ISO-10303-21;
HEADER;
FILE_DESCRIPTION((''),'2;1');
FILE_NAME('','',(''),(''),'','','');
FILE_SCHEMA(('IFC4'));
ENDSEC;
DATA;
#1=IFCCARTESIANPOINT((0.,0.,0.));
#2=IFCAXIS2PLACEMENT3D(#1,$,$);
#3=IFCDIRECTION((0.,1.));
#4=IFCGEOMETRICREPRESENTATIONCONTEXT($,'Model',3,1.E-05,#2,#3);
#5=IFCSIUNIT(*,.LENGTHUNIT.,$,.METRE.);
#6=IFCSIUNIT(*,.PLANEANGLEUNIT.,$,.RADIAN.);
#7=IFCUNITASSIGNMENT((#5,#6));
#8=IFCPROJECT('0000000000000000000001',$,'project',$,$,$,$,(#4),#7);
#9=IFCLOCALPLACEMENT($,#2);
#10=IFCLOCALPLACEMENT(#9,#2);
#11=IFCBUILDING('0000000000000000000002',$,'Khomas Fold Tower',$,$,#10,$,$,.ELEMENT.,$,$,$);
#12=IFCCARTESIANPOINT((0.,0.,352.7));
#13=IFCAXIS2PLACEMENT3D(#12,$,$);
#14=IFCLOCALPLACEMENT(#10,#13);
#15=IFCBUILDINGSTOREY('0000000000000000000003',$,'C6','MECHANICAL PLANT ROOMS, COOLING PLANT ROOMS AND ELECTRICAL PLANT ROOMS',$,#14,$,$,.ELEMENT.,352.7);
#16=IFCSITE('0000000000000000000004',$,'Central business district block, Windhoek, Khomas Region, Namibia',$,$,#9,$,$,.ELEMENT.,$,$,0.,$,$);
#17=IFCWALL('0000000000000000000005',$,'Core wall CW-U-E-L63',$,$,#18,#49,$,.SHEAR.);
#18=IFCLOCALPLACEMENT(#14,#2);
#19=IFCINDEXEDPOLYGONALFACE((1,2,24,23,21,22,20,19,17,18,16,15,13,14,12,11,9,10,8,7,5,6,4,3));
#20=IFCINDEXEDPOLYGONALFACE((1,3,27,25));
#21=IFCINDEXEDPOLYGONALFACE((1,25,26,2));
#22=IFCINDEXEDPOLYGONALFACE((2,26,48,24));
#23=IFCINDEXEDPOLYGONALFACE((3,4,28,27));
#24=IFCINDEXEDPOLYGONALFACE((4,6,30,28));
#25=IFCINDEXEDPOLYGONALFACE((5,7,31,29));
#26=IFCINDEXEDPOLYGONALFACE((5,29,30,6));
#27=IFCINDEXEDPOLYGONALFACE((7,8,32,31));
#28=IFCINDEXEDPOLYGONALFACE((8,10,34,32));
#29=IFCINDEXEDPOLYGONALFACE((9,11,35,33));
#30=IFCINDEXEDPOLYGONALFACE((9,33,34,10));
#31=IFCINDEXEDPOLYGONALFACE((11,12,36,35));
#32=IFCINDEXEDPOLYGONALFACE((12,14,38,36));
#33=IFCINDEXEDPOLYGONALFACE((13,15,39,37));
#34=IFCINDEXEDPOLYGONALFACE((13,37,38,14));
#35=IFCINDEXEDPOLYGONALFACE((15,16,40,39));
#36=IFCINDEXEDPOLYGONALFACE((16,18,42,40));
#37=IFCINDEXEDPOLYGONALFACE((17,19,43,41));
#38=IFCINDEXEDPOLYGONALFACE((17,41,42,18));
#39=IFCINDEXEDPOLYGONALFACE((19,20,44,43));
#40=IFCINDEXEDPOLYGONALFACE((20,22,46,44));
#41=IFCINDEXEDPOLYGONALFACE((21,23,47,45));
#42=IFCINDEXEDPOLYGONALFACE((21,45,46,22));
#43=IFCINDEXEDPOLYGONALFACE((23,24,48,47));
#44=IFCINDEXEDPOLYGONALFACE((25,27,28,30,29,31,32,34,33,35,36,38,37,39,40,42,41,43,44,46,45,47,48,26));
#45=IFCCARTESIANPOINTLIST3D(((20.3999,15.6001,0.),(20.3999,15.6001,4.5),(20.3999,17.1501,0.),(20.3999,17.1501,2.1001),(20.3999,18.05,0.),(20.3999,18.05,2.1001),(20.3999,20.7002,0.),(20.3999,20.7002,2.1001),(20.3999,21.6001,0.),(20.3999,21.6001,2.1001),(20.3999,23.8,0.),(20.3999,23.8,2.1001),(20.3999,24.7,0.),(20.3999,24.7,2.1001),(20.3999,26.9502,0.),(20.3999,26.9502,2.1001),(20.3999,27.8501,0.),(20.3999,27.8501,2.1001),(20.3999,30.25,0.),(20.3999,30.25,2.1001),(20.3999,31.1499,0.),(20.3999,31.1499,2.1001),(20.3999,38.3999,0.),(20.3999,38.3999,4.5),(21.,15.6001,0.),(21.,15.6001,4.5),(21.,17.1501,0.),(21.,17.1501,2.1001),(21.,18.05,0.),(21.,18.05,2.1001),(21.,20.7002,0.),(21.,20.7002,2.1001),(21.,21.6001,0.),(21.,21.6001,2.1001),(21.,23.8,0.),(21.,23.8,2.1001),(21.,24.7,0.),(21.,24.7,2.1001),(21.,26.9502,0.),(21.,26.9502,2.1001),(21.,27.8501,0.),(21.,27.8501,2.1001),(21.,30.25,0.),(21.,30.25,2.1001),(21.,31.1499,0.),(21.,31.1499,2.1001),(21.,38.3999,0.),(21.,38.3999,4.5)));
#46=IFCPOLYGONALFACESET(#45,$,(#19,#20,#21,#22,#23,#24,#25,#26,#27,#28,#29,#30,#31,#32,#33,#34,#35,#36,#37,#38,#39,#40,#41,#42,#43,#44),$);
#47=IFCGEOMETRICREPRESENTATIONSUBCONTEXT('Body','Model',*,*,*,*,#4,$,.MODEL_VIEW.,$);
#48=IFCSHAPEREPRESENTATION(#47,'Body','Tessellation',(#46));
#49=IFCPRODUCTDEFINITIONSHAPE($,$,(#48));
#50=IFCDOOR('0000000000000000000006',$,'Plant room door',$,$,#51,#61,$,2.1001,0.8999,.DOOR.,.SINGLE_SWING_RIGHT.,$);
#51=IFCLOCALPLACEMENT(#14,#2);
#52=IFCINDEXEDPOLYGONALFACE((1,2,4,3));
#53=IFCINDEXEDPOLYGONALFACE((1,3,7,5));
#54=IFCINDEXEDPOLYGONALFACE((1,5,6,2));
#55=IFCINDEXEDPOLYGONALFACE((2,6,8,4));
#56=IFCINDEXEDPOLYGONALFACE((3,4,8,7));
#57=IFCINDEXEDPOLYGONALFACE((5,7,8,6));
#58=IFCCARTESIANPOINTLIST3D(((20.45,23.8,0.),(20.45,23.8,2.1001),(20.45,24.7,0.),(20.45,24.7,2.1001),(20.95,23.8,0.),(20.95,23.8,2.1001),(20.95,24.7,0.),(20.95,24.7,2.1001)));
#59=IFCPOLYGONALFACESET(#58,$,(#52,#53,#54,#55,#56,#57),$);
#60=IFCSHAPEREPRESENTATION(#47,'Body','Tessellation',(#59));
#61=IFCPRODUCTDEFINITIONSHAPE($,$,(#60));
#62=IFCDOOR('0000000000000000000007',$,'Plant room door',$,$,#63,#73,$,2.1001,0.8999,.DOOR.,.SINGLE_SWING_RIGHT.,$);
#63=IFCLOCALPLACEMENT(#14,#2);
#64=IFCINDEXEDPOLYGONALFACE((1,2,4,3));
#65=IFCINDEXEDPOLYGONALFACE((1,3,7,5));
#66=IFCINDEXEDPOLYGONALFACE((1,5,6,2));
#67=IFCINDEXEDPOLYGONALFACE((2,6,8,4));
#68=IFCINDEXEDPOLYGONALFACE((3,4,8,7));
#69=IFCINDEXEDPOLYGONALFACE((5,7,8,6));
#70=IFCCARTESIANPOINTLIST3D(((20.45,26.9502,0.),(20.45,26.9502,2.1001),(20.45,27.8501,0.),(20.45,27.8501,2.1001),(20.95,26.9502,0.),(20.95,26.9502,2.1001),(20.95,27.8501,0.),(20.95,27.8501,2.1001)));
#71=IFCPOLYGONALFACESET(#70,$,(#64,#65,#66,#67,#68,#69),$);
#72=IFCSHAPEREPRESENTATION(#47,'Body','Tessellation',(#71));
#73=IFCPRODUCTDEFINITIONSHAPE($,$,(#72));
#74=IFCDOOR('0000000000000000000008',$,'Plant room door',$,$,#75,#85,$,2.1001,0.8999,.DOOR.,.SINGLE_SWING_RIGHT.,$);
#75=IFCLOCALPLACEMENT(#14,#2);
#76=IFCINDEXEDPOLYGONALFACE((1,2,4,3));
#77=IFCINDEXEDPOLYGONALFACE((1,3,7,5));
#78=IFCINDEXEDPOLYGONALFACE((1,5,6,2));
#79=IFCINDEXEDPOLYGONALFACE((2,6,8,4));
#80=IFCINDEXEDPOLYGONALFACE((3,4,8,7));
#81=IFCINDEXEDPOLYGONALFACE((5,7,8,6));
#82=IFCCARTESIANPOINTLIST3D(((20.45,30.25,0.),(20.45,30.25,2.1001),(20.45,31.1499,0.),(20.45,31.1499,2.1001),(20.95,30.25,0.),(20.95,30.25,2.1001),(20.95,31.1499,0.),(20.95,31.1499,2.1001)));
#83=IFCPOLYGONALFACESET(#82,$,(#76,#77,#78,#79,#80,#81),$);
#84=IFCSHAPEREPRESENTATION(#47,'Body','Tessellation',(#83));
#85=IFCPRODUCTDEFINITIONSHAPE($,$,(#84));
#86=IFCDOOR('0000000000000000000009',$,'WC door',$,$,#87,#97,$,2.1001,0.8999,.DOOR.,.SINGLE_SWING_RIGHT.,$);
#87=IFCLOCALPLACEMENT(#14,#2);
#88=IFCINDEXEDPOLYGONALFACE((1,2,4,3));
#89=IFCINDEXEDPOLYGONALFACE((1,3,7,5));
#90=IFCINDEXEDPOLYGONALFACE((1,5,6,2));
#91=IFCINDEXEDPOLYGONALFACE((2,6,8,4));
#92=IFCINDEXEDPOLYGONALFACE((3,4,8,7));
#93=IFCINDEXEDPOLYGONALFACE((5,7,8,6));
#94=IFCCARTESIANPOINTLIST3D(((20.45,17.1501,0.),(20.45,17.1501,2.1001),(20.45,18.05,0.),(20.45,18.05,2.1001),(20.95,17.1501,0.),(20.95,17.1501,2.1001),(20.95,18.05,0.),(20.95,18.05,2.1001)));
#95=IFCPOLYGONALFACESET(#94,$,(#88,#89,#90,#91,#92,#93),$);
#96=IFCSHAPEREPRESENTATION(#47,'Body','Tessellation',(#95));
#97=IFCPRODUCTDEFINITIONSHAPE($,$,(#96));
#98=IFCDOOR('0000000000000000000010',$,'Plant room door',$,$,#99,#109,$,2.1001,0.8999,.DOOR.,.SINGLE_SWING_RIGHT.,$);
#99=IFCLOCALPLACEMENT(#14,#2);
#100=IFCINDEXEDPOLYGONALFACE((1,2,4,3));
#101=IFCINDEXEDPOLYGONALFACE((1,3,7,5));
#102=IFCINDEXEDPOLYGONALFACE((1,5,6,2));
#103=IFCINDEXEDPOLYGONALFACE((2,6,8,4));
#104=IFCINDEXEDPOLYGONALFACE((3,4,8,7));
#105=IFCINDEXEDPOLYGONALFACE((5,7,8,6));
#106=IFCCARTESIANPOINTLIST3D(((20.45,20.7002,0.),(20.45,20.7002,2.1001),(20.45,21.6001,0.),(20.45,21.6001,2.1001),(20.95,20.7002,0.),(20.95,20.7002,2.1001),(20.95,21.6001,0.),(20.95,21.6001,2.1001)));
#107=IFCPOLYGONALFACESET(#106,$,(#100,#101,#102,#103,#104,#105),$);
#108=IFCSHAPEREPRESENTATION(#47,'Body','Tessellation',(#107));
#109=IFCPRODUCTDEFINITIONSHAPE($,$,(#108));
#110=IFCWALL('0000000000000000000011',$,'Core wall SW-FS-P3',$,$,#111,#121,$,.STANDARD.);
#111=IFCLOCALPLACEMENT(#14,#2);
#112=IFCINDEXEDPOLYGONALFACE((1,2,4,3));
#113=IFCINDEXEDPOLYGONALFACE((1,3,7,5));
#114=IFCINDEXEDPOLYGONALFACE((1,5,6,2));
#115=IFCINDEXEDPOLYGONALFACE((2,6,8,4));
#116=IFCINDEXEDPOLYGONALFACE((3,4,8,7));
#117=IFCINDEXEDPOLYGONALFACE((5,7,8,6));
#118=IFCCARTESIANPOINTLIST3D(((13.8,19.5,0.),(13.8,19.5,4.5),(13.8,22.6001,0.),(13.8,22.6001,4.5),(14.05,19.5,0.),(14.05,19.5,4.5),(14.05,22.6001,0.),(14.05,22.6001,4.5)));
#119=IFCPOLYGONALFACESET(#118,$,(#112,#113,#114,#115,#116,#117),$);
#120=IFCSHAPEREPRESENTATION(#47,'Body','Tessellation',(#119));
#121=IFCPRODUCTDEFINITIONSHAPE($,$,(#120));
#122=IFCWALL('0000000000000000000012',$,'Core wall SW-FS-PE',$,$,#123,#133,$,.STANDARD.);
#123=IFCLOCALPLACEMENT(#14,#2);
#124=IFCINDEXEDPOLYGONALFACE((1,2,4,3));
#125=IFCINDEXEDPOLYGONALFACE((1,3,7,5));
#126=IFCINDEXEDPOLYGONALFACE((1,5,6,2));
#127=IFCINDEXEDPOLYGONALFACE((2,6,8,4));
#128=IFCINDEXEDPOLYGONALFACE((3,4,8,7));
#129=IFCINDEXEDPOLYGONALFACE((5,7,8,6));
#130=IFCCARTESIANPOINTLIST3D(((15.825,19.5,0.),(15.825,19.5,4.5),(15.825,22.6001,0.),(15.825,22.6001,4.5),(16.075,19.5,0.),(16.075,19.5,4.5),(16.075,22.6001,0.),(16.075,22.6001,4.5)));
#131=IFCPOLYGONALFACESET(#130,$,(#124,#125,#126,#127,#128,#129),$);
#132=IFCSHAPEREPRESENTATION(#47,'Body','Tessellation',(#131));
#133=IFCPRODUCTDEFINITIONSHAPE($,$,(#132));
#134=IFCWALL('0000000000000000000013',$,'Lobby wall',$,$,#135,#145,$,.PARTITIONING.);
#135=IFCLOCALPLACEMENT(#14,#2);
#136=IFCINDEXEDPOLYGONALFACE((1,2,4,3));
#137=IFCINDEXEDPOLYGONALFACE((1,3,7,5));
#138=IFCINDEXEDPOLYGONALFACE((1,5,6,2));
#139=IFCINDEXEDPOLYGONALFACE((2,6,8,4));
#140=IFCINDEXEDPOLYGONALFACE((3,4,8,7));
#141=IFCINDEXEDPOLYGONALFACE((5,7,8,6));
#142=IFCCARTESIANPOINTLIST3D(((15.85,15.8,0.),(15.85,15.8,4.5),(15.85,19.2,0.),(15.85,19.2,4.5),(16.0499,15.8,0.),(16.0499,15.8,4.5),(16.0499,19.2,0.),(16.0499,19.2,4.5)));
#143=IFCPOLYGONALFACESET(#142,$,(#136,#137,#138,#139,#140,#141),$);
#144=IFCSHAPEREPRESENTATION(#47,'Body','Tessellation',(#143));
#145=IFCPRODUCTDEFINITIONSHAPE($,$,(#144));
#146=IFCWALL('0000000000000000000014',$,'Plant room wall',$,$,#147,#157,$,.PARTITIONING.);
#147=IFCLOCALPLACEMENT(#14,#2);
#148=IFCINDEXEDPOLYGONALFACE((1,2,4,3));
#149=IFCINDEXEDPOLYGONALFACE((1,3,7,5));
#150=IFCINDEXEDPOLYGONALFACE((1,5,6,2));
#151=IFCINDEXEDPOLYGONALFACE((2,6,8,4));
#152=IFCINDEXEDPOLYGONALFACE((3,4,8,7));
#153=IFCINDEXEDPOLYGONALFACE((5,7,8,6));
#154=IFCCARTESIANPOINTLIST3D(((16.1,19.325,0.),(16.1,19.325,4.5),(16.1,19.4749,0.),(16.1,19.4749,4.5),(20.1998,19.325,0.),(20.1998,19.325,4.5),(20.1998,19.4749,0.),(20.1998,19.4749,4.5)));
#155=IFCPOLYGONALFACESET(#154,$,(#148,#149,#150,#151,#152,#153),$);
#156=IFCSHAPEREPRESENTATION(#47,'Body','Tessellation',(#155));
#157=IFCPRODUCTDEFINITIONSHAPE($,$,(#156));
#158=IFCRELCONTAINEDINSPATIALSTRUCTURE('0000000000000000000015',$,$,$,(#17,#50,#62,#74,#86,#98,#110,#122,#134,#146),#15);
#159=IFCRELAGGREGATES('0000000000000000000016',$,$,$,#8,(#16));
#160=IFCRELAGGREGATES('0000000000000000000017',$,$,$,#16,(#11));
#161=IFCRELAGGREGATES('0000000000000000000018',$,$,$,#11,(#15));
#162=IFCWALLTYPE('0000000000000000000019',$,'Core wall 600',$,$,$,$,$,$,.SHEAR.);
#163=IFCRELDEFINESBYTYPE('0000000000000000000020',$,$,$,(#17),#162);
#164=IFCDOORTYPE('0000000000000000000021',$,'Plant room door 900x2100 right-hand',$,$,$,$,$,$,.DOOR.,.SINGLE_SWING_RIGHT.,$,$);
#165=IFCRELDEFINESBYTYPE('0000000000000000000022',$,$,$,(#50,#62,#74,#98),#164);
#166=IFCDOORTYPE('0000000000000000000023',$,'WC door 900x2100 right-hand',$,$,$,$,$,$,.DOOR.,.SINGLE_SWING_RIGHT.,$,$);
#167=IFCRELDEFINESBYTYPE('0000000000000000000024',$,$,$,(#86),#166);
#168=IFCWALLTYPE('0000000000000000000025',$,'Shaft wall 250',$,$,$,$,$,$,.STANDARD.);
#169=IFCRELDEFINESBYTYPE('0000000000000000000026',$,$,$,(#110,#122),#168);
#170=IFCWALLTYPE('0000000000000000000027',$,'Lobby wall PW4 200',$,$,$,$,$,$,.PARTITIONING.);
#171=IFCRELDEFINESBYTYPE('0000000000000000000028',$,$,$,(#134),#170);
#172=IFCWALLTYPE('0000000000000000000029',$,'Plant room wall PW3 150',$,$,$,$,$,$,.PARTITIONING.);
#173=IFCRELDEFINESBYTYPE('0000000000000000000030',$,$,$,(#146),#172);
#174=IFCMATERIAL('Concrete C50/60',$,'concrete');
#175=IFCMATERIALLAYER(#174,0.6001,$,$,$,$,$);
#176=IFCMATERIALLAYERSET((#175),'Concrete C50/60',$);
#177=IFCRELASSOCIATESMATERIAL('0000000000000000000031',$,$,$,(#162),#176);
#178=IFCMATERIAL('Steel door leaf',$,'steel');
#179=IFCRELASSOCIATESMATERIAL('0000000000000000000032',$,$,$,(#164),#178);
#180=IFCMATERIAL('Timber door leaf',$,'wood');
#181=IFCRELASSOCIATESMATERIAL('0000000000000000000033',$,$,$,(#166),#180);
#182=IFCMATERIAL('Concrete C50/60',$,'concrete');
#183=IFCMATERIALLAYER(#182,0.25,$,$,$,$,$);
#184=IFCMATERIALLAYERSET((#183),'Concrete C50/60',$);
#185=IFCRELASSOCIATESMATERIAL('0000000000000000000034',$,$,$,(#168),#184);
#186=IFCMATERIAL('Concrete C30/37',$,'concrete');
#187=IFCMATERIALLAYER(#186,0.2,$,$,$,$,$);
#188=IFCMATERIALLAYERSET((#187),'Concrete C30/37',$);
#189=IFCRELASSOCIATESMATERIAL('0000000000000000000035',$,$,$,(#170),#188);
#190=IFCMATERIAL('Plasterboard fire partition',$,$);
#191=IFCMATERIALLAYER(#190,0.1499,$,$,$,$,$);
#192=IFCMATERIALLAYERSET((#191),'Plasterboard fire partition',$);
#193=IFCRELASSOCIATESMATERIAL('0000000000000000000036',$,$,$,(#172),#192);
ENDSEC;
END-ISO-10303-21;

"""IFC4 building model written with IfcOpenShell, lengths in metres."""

from ifc_helpers import new_model, si_unit, direction, frame, frame_2d, origin, place, context, subcontext, project, spatial, rectangle, extrude, source, transform, mapped, material, layer, layer_set, type_object, element, fill, save


model = new_model("IFC4")

# Units and contexts
model_context = context("Model", 3, precision=1e-05, world=origin(), true_north=direction((0.0, 1.0)))
body_context = subcontext(model_context, "Body", "Model", "MODEL_VIEW")
ifc_project = project(units=[si_unit("LENGTHUNIT", "METRE"), si_unit("PLANEANGLEUNIT", "RADIAN")], contexts=[model_context])

# Site, building, storey
site_placement = place(None, origin())
site = spatial("IfcSite", under=ifc_project, at=site_placement, Name="Central business district block, Windhoek, Khomas Region, Namibia", CompositionType="ELEMENT", RefElevation=0.0)
building_placement = place(site_placement, origin())
building = spatial("IfcBuilding", under=site, at=building_placement, Name="Khomas Fold Tower", CompositionType="ELEMENT")
storey_placement = place(building_placement, frame((0.0, 0.0, 352.7)))
storey = spatial("IfcBuildingStorey", under=building, at=storey_placement, Name="C6", Description="MECHANICAL PLANT ROOMS, COOLING PLANT ROOMS AND ELECTRICAL PLANT ROOMS", CompositionType="ELEMENT", Elevation=352.7)

# Wall, openings, doors
ifc_material_1 = material(Name="Concrete C50/60", Category="concrete")
ifc_layer_1 = layer(ifc_material_1, 0.6001)
ifc_layer_set_1 = layer_set([ifc_layer_1], Name="Concrete C50/60")
wall_type_1 = type_object("IfcWallType", Name="Core wall 600", PredefinedType="SHEAR", material=ifc_layer_set_1)
shared_shape_1 = source(origin(), body_context, "Body", "SweptSolid", [
    extrude(rectangle(XDim=22.7998, YDim=0.6001, at=frame_2d((11.3999, 0.0))), origin(), (0.0, 0.0, 1.0), 4.5),
])
wall_1_placement = place(storey_placement, frame((20.7, 15.6001, 0.0), z_axis=(0.0, 0.0, 1.0), x_axis=(0.0, 1.0, 0.0)))
wall_1 = element("IfcWall", 1, at=wall_1_placement, inside=storey, type_object=wall_type_1, Name="Core wall CW-U-E-L63", PredefinedType="SHEAR", context=body_context, shape_type="MappedRepresentation", body=[
    mapped(shared_shape_1, transform((0.0, 0.0, 0.0))),
])
shared_shape_2 = source(origin(), body_context, "Body", "SweptSolid", [
    extrude(rectangle(XDim=0.8999, YDim=2.1001, at=frame_2d((0.45, 1.05))), frame((0.0, 0.3101, 0.0), z_axis=(0.0, -1.0, 0.0), x_axis=(1.0, 0.0, 0.0)), (0.0, 0.0, 1.0), 0.6201),
])
opening_1_placement = place(wall_1_placement, frame((8.2, 0.0, 0.0)))
opening_1 = element("IfcOpeningElement", 2, at=opening_1_placement, cuts=wall_1, PredefinedType="OPENING", context=body_context, shape_type="MappedRepresentation", body=[
    mapped(shared_shape_2, transform((0.0, 0.0, 0.0))),
])
opening_2_placement = place(wall_1_placement, frame((11.3501, 0.0, 0.0)))
opening_2 = element("IfcOpeningElement", 3, at=opening_2_placement, cuts=wall_1, PredefinedType="OPENING", context=body_context, shape_type="MappedRepresentation", body=[
    mapped(shared_shape_2, transform((0.0, 0.0, 0.0))),
])
opening_3_placement = place(wall_1_placement, frame((14.6499, 0.0, 0.0)))
opening_3 = element("IfcOpeningElement", 4, at=opening_3_placement, cuts=wall_1, PredefinedType="OPENING", context=body_context, shape_type="MappedRepresentation", body=[
    mapped(shared_shape_2, transform((0.0, 0.0, 0.0))),
])
opening_4_placement = place(wall_1_placement, frame((1.55, 0.0, 0.0)))
opening_4 = element("IfcOpeningElement", 5, at=opening_4_placement, cuts=wall_1, PredefinedType="OPENING", context=body_context, shape_type="MappedRepresentation", body=[
    mapped(shared_shape_2, transform((0.0, 0.0, 0.0))),
])
opening_5_placement = place(wall_1_placement, frame((5.1001, 0.0, 0.0)))
opening_5 = element("IfcOpeningElement", 6, at=opening_5_placement, cuts=wall_1, PredefinedType="OPENING", context=body_context, shape_type="MappedRepresentation", body=[
    mapped(shared_shape_2, transform((0.0, 0.0, 0.0))),
])
ifc_material_2 = material(Name="Steel door leaf", Category="steel")
door_type_1 = type_object("IfcDoorType", Name="Plant room door 900x2100 right-hand", OperationType="SINGLE_SWING_RIGHT", PredefinedType="DOOR", material=ifc_material_2)
shared_shape_3 = source(origin(), body_context, "Body", "SweptSolid", [
    extrude(rectangle(XDim=0.8999, YDim=2.1001, at=frame_2d((0.45, 1.05))), frame((0.0, 0.25, 0.0), z_axis=(0.0, -1.0, 0.0), x_axis=(1.0, 0.0, 0.0)), (0.0, 0.0, 1.0), 0.5),
])
door_1_placement = place(opening_1_placement, origin())
door_1 = element("IfcDoor", 7, at=door_1_placement, inside=storey, type_object=door_type_1, Name="Plant room door", OperationType="SINGLE_SWING_RIGHT", OverallHeight=2.1001, OverallWidth=0.8999, PredefinedType="DOOR", context=body_context, shape_type="MappedRepresentation", body=[
    mapped(shared_shape_3, transform((0.0, 0.0, 0.0))),
])
fill(opening_1, door_1)
door_2_placement = place(opening_2_placement, origin())
door_2 = element("IfcDoor", 8, at=door_2_placement, inside=storey, type_object=door_type_1, Name="Plant room door", OperationType="SINGLE_SWING_RIGHT", OverallHeight=2.1001, OverallWidth=0.8999, PredefinedType="DOOR", context=body_context, shape_type="MappedRepresentation", body=[
    mapped(shared_shape_3, transform((0.0, 0.0, 0.0))),
])
fill(opening_2, door_2)
door_3_placement = place(opening_3_placement, origin())
door_3 = element("IfcDoor", 9, at=door_3_placement, inside=storey, type_object=door_type_1, Name="Plant room door", OperationType="SINGLE_SWING_RIGHT", OverallHeight=2.1001, OverallWidth=0.8999, PredefinedType="DOOR", context=body_context, shape_type="MappedRepresentation", body=[
    mapped(shared_shape_3, transform((0.0, 0.0, 0.0))),
])
fill(opening_3, door_3)
ifc_material_3 = material(Name="Timber door leaf", Category="wood")
door_type_2 = type_object("IfcDoorType", Name="WC door 900x2100 right-hand", OperationType="SINGLE_SWING_RIGHT", PredefinedType="DOOR", material=ifc_material_3)
door_4_placement = place(opening_4_placement, origin())
door_4 = element("IfcDoor", 10, at=door_4_placement, inside=storey, type_object=door_type_2, Name="WC door", OperationType="SINGLE_SWING_RIGHT", OverallHeight=2.1001, OverallWidth=0.8999, PredefinedType="DOOR", context=body_context, shape_type="MappedRepresentation", body=[
    mapped(shared_shape_3, transform((0.0, 0.0, 0.0))),
])
fill(opening_4, door_4)
door_5_placement = place(opening_5_placement, origin())
door_5 = element("IfcDoor", 11, at=door_5_placement, inside=storey, type_object=door_type_1, Name="Plant room door", OperationType="SINGLE_SWING_RIGHT", OverallHeight=2.1001, OverallWidth=0.8999, PredefinedType="DOOR", context=body_context, shape_type="MappedRepresentation", body=[
    mapped(shared_shape_3, transform((0.0, 0.0, 0.0))),
])
fill(opening_5, door_5)

# Walls
ifc_material_4 = material(Name="Concrete C50/60", Category="concrete")
ifc_layer_2 = layer(ifc_material_4, 0.25)
ifc_layer_set_2 = layer_set([ifc_layer_2], Name="Concrete C50/60")
wall_type_2 = type_object("IfcWallType", Name="Shaft wall 250", PredefinedType="STANDARD", material=ifc_layer_set_2)
shared_shape_4 = source(origin(), body_context, "Body", "SweptSolid", [
    extrude(rectangle(XDim=3.1001, YDim=0.25, at=frame_2d((1.55, 0.0))), origin(), (0.0, 0.0, 1.0), 4.5),
])
for number, where, z_axis, x_axis, name in (
    (12, (13.925, 19.5, 0.0), (0.0, 0.0, 1.0), (0.0, 1.0, 0.0), "Core wall SW-FS-P3"),
    (13, (15.95, 19.5, 0.0), (0.0, 0.0, 1.0), (0.0, 1.0, 0.0), "Core wall SW-FS-PE"),
):
    element("IfcWall", number, at=place(storey_placement, frame(where, z_axis=z_axis, x_axis=x_axis)), inside=storey, type_object=wall_type_2, Name=name, PredefinedType="STANDARD", context=body_context, shape_type="MappedRepresentation", body=[
        mapped(shared_shape_4, transform((0.0, 0.0, 0.0))),
    ])
ifc_material_5 = material(Name="Concrete C30/37", Category="concrete")
ifc_layer_3 = layer(ifc_material_5, 0.2)
ifc_layer_set_3 = layer_set([ifc_layer_3], Name="Concrete C30/37")
wall_type_3 = type_object("IfcWallType", Name="Lobby wall PW4 200", PredefinedType="PARTITIONING", material=ifc_layer_set_3)
shared_shape_5 = source(origin(), body_context, "Body", "SweptSolid", [
    extrude(rectangle(XDim=3.3999, YDim=0.2, at=frame_2d((1.7, 0.0))), origin(), (0.0, 0.0, 1.0), 4.5),
])
wall_2_placement = place(storey_placement, frame((15.95, 15.8, 0.0), z_axis=(0.0, 0.0, 1.0), x_axis=(0.0, 1.0, 0.0)))
element("IfcWall", 14, at=wall_2_placement, inside=storey, type_object=wall_type_3, Name="Lobby wall", PredefinedType="PARTITIONING", context=body_context, shape_type="MappedRepresentation", body=[
    mapped(shared_shape_5, transform((0.0, 0.0, 0.0))),
])
ifc_material_6 = material(Name="Plasterboard fire partition")
ifc_layer_4 = layer(ifc_material_6, 0.1499)
ifc_layer_set_4 = layer_set([ifc_layer_4], Name="Plasterboard fire partition")
wall_type_4 = type_object("IfcWallType", Name="Plant room wall PW3 150", PredefinedType="PARTITIONING", material=ifc_layer_set_4)
shared_shape_6 = source(origin(), body_context, "Body", "SweptSolid", [
    extrude(rectangle(XDim=4.0999, YDim=0.1499, at=frame_2d((2.0498, 0.0))), origin(), (0.0, 0.0, 1.0), 4.5),
])
wall_3_placement = place(storey_placement, frame((16.1001, 19.3999, 0.0), z_axis=(0.0, 0.0, 1.0), x_axis=(1.0, 0.0, 0.0)))
element("IfcWall", 15, at=wall_3_placement, inside=storey, type_object=wall_type_4, Name="Plant room wall", PredefinedType="PARTITIONING", context=body_context, shape_type="MappedRepresentation", body=[
    mapped(shared_shape_6, transform((0.0, 0.0, 0.0))),
])

save(model, "model.ifc")
